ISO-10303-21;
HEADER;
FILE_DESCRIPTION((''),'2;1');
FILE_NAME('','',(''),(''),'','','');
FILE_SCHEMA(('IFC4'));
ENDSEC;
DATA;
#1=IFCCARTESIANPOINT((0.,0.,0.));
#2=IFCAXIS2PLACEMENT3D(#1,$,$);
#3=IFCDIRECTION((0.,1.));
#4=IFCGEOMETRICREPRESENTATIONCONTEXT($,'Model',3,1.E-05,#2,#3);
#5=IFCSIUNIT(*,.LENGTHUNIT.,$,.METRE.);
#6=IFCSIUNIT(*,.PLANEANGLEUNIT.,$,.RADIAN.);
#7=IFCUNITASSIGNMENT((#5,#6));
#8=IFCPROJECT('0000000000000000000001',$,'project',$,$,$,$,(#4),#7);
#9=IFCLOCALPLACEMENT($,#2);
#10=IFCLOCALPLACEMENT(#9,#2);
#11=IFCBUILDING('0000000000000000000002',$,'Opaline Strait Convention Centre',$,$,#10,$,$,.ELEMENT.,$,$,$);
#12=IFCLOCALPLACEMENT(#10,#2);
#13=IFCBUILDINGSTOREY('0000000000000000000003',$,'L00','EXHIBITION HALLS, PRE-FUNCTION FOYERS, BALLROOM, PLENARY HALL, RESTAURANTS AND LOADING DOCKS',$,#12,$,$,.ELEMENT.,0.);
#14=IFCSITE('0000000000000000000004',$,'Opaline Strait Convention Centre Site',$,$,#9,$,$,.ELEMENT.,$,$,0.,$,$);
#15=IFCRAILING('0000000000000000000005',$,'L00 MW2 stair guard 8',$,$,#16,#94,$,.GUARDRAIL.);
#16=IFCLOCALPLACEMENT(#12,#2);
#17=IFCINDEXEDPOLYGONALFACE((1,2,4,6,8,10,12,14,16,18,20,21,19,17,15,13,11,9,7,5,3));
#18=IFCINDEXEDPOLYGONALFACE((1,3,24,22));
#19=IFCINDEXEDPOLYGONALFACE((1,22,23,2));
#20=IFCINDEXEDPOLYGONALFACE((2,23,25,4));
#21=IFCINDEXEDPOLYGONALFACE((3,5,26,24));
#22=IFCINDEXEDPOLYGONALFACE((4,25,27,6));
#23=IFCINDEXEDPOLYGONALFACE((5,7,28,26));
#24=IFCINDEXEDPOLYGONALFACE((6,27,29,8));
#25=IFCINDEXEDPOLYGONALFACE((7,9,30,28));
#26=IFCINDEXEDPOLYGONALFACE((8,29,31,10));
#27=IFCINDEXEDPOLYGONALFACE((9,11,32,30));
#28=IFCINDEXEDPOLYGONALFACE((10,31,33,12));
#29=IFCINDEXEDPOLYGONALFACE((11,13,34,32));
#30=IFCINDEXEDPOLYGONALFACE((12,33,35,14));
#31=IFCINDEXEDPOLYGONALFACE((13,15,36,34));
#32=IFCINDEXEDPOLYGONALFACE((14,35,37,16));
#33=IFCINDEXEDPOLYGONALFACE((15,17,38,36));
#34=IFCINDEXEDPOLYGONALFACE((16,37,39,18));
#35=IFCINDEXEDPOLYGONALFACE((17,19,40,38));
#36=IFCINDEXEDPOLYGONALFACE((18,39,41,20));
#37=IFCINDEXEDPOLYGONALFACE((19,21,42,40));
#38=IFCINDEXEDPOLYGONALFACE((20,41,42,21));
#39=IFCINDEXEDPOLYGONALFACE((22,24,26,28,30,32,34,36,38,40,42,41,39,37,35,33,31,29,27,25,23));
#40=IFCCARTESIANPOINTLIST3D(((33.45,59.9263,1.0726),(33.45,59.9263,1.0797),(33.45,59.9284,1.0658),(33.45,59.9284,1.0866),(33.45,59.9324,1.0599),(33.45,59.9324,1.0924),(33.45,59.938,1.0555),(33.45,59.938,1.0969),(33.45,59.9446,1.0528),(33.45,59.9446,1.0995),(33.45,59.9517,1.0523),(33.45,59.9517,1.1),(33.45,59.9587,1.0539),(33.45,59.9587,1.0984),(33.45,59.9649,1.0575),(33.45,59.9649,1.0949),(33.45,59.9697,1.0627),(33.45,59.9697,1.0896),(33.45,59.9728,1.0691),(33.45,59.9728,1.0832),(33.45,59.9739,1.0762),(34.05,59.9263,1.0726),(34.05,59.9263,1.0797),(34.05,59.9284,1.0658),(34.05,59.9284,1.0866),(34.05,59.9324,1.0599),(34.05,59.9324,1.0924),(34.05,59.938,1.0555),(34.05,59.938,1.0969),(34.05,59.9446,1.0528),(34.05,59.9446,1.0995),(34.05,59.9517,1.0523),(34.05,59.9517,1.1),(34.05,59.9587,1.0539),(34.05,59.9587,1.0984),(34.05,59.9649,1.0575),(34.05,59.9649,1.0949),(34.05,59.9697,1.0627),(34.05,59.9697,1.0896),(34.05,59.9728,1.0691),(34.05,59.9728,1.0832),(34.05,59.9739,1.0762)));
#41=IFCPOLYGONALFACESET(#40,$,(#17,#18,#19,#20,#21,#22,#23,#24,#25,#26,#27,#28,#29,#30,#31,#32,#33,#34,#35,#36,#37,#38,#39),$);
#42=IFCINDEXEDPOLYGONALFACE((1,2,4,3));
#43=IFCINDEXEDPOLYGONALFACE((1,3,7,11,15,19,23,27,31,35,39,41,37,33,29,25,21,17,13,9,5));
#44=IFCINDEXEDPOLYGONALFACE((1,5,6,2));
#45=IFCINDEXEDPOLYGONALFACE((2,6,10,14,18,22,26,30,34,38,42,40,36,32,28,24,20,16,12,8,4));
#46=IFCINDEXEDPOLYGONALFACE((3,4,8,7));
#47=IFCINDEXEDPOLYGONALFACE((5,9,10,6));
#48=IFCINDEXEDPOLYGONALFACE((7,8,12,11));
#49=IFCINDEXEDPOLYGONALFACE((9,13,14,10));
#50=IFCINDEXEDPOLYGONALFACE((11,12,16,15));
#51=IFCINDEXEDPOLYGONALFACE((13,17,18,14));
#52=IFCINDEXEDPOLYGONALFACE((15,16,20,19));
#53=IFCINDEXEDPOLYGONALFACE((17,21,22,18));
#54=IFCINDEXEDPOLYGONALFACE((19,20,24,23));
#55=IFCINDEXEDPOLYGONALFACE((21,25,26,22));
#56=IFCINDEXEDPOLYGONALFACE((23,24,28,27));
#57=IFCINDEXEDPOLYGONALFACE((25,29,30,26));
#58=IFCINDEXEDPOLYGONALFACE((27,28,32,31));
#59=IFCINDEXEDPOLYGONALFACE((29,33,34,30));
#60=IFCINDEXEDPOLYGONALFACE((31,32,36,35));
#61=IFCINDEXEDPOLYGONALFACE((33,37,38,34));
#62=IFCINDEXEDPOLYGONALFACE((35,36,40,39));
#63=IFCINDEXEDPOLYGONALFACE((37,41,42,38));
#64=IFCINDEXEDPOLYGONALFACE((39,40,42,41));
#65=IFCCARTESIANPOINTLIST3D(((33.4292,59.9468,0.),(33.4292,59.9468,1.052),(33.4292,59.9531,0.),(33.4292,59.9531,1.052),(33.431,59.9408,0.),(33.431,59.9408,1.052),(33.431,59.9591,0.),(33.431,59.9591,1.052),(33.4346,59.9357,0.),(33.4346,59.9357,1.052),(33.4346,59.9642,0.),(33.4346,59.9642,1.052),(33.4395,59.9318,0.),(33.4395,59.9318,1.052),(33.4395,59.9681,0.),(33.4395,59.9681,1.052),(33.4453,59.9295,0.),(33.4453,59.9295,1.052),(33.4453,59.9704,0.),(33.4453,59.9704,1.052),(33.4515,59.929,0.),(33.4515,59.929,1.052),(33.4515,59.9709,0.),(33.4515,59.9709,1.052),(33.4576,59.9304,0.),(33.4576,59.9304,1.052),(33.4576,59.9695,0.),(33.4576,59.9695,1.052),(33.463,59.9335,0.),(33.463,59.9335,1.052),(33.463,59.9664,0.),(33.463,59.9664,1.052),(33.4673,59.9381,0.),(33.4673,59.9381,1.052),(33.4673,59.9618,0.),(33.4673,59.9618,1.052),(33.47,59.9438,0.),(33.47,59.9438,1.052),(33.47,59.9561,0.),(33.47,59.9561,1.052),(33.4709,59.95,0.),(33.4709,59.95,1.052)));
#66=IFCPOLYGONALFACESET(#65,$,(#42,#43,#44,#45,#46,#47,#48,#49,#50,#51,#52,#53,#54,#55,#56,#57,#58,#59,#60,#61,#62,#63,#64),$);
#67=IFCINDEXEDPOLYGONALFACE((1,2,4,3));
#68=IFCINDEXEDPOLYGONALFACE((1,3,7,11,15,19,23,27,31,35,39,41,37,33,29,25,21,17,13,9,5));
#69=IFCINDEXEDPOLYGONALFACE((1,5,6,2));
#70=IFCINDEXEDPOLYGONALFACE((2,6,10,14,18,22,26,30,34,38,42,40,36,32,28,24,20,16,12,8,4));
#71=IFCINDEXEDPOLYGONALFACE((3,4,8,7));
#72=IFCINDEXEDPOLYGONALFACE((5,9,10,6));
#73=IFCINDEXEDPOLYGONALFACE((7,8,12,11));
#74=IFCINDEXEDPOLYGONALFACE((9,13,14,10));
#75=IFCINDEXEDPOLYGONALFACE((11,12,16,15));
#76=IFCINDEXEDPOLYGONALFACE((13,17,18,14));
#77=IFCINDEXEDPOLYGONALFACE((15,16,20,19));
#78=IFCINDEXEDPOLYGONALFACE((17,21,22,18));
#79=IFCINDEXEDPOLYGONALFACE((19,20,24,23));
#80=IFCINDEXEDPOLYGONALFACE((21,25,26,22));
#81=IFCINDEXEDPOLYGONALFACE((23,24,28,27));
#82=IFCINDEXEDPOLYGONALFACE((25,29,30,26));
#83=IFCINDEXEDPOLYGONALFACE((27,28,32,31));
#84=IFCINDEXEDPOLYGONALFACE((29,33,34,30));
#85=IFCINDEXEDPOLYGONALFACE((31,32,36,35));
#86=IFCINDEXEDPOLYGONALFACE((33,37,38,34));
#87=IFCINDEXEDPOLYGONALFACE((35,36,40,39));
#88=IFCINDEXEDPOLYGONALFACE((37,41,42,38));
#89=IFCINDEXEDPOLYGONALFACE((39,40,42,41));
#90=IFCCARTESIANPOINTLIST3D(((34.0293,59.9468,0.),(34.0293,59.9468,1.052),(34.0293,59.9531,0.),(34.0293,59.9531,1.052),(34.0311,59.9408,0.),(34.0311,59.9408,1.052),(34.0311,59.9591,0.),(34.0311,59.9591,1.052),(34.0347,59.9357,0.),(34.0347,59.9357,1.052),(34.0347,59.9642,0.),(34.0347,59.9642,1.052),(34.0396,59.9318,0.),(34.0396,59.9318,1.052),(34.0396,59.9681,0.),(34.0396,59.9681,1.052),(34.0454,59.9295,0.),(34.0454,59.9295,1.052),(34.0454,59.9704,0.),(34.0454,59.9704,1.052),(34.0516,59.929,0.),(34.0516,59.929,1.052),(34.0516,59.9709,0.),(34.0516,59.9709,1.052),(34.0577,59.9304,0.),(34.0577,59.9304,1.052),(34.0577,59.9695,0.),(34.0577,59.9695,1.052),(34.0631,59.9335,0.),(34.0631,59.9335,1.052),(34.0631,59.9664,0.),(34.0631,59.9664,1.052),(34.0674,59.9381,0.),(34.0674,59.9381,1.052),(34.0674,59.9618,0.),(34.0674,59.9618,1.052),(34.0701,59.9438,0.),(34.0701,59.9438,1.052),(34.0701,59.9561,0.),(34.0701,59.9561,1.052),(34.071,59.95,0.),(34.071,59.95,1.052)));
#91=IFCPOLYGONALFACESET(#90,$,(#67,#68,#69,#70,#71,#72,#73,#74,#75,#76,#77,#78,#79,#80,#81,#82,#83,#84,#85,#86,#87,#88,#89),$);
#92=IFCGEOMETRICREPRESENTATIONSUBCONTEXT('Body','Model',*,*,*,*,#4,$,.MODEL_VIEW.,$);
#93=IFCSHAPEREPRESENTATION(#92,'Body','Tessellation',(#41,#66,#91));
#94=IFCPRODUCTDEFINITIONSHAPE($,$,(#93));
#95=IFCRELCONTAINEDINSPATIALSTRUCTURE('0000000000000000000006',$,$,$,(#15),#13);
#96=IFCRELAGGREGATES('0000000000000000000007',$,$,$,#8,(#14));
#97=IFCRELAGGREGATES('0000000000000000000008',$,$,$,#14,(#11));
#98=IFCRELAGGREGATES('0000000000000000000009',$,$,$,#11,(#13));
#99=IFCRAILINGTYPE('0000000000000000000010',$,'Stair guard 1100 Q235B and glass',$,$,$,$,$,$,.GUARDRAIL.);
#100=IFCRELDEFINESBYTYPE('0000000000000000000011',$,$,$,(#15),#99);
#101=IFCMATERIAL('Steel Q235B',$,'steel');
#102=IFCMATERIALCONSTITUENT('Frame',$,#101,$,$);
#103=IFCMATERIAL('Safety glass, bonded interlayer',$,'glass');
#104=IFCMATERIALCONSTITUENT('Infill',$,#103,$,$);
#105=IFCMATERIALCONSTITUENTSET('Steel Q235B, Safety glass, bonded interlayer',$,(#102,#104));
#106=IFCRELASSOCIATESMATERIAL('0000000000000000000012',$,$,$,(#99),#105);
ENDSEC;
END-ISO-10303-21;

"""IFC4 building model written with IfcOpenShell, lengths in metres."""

from ifc_helpers import new_model, si_unit, direction, frame, origin, origin_2d, place, context, subcontext, project, spatial, circle, extrude, material, constituent, constituent_set, type_object, element, save


model = new_model("IFC4")

# Units and contexts
model_context = context("Model", 3, precision=1e-05, world=origin(), true_north=direction((0.0, 1.0)))
body_context = subcontext(model_context, "Body", "Model", "MODEL_VIEW")
ifc_project = project(units=[si_unit("LENGTHUNIT", "METRE"), si_unit("PLANEANGLEUNIT", "RADIAN")], contexts=[model_context])

# Site, building, storey
site_placement = place(None, origin())
site = spatial("IfcSite", under=ifc_project, at=site_placement, Name="Opaline Strait Convention Centre Site", CompositionType="ELEMENT", RefElevation=0.0)
building_placement = place(site_placement, origin())
building = spatial("IfcBuilding", under=site, at=building_placement, Name="Opaline Strait Convention Centre", CompositionType="ELEMENT")
storey_placement = place(building_placement, origin())
storey = spatial("IfcBuildingStorey", under=building, at=storey_placement, Name="L00", Description="EXHIBITION HALLS, PRE-FUNCTION FOYERS, BALLROOM, PLENARY HALL, RESTAURANTS AND LOADING DOCKS", CompositionType="ELEMENT", Elevation=0.0)

# Railing
ifc_material_1 = material(Name="Steel Q235B", Category="steel")
ifc_constituent_1 = constituent(ifc_material_1, Name="Frame")
ifc_material_2 = material(Name="Safety glass, bonded interlayer", Category="glass")
ifc_constituent_2 = constituent(ifc_material_2, Name="Infill")
ifc_constituent_set = constituent_set(constituents=[ifc_constituent_1, ifc_constituent_2], Name="Steel Q235B, Safety glass, bonded interlayer")
railing_type_1 = type_object("IfcRailingType", Name="Stair guard 1100 Q235B and glass", PredefinedType="GUARDRAIL", material=ifc_constituent_set)
railing_1_placement = place(storey_placement, frame((33.45, 59.95, 0.0)))
element("IfcRailing", 1, at=railing_1_placement, inside=storey, type_object=railing_type_1, Name="L00 MW2 stair guard 8", PredefinedType="GUARDRAIL", context=body_context, shape_type="SweptSolid", body=[
    extrude(circle(Radius=0.0239, at=origin_2d()), frame((0.0, 0.0, 1.0762), z_axis=(1.0, 0.0, 0.0), x_axis=(0.0, 1.0, 0.0)), (0.0, 0.0, 1.0), 0.6001),
    extrude(circle(Radius=0.021, at=origin_2d()), origin(), (0.0, 0.0, 1.0), 1.052),
    extrude(circle(Radius=0.021, at=origin_2d()), frame((0.6001, 0.0, 0.0)), (0.0, 0.0, 1.0), 1.052),
])

save(model, "model.ifc")
